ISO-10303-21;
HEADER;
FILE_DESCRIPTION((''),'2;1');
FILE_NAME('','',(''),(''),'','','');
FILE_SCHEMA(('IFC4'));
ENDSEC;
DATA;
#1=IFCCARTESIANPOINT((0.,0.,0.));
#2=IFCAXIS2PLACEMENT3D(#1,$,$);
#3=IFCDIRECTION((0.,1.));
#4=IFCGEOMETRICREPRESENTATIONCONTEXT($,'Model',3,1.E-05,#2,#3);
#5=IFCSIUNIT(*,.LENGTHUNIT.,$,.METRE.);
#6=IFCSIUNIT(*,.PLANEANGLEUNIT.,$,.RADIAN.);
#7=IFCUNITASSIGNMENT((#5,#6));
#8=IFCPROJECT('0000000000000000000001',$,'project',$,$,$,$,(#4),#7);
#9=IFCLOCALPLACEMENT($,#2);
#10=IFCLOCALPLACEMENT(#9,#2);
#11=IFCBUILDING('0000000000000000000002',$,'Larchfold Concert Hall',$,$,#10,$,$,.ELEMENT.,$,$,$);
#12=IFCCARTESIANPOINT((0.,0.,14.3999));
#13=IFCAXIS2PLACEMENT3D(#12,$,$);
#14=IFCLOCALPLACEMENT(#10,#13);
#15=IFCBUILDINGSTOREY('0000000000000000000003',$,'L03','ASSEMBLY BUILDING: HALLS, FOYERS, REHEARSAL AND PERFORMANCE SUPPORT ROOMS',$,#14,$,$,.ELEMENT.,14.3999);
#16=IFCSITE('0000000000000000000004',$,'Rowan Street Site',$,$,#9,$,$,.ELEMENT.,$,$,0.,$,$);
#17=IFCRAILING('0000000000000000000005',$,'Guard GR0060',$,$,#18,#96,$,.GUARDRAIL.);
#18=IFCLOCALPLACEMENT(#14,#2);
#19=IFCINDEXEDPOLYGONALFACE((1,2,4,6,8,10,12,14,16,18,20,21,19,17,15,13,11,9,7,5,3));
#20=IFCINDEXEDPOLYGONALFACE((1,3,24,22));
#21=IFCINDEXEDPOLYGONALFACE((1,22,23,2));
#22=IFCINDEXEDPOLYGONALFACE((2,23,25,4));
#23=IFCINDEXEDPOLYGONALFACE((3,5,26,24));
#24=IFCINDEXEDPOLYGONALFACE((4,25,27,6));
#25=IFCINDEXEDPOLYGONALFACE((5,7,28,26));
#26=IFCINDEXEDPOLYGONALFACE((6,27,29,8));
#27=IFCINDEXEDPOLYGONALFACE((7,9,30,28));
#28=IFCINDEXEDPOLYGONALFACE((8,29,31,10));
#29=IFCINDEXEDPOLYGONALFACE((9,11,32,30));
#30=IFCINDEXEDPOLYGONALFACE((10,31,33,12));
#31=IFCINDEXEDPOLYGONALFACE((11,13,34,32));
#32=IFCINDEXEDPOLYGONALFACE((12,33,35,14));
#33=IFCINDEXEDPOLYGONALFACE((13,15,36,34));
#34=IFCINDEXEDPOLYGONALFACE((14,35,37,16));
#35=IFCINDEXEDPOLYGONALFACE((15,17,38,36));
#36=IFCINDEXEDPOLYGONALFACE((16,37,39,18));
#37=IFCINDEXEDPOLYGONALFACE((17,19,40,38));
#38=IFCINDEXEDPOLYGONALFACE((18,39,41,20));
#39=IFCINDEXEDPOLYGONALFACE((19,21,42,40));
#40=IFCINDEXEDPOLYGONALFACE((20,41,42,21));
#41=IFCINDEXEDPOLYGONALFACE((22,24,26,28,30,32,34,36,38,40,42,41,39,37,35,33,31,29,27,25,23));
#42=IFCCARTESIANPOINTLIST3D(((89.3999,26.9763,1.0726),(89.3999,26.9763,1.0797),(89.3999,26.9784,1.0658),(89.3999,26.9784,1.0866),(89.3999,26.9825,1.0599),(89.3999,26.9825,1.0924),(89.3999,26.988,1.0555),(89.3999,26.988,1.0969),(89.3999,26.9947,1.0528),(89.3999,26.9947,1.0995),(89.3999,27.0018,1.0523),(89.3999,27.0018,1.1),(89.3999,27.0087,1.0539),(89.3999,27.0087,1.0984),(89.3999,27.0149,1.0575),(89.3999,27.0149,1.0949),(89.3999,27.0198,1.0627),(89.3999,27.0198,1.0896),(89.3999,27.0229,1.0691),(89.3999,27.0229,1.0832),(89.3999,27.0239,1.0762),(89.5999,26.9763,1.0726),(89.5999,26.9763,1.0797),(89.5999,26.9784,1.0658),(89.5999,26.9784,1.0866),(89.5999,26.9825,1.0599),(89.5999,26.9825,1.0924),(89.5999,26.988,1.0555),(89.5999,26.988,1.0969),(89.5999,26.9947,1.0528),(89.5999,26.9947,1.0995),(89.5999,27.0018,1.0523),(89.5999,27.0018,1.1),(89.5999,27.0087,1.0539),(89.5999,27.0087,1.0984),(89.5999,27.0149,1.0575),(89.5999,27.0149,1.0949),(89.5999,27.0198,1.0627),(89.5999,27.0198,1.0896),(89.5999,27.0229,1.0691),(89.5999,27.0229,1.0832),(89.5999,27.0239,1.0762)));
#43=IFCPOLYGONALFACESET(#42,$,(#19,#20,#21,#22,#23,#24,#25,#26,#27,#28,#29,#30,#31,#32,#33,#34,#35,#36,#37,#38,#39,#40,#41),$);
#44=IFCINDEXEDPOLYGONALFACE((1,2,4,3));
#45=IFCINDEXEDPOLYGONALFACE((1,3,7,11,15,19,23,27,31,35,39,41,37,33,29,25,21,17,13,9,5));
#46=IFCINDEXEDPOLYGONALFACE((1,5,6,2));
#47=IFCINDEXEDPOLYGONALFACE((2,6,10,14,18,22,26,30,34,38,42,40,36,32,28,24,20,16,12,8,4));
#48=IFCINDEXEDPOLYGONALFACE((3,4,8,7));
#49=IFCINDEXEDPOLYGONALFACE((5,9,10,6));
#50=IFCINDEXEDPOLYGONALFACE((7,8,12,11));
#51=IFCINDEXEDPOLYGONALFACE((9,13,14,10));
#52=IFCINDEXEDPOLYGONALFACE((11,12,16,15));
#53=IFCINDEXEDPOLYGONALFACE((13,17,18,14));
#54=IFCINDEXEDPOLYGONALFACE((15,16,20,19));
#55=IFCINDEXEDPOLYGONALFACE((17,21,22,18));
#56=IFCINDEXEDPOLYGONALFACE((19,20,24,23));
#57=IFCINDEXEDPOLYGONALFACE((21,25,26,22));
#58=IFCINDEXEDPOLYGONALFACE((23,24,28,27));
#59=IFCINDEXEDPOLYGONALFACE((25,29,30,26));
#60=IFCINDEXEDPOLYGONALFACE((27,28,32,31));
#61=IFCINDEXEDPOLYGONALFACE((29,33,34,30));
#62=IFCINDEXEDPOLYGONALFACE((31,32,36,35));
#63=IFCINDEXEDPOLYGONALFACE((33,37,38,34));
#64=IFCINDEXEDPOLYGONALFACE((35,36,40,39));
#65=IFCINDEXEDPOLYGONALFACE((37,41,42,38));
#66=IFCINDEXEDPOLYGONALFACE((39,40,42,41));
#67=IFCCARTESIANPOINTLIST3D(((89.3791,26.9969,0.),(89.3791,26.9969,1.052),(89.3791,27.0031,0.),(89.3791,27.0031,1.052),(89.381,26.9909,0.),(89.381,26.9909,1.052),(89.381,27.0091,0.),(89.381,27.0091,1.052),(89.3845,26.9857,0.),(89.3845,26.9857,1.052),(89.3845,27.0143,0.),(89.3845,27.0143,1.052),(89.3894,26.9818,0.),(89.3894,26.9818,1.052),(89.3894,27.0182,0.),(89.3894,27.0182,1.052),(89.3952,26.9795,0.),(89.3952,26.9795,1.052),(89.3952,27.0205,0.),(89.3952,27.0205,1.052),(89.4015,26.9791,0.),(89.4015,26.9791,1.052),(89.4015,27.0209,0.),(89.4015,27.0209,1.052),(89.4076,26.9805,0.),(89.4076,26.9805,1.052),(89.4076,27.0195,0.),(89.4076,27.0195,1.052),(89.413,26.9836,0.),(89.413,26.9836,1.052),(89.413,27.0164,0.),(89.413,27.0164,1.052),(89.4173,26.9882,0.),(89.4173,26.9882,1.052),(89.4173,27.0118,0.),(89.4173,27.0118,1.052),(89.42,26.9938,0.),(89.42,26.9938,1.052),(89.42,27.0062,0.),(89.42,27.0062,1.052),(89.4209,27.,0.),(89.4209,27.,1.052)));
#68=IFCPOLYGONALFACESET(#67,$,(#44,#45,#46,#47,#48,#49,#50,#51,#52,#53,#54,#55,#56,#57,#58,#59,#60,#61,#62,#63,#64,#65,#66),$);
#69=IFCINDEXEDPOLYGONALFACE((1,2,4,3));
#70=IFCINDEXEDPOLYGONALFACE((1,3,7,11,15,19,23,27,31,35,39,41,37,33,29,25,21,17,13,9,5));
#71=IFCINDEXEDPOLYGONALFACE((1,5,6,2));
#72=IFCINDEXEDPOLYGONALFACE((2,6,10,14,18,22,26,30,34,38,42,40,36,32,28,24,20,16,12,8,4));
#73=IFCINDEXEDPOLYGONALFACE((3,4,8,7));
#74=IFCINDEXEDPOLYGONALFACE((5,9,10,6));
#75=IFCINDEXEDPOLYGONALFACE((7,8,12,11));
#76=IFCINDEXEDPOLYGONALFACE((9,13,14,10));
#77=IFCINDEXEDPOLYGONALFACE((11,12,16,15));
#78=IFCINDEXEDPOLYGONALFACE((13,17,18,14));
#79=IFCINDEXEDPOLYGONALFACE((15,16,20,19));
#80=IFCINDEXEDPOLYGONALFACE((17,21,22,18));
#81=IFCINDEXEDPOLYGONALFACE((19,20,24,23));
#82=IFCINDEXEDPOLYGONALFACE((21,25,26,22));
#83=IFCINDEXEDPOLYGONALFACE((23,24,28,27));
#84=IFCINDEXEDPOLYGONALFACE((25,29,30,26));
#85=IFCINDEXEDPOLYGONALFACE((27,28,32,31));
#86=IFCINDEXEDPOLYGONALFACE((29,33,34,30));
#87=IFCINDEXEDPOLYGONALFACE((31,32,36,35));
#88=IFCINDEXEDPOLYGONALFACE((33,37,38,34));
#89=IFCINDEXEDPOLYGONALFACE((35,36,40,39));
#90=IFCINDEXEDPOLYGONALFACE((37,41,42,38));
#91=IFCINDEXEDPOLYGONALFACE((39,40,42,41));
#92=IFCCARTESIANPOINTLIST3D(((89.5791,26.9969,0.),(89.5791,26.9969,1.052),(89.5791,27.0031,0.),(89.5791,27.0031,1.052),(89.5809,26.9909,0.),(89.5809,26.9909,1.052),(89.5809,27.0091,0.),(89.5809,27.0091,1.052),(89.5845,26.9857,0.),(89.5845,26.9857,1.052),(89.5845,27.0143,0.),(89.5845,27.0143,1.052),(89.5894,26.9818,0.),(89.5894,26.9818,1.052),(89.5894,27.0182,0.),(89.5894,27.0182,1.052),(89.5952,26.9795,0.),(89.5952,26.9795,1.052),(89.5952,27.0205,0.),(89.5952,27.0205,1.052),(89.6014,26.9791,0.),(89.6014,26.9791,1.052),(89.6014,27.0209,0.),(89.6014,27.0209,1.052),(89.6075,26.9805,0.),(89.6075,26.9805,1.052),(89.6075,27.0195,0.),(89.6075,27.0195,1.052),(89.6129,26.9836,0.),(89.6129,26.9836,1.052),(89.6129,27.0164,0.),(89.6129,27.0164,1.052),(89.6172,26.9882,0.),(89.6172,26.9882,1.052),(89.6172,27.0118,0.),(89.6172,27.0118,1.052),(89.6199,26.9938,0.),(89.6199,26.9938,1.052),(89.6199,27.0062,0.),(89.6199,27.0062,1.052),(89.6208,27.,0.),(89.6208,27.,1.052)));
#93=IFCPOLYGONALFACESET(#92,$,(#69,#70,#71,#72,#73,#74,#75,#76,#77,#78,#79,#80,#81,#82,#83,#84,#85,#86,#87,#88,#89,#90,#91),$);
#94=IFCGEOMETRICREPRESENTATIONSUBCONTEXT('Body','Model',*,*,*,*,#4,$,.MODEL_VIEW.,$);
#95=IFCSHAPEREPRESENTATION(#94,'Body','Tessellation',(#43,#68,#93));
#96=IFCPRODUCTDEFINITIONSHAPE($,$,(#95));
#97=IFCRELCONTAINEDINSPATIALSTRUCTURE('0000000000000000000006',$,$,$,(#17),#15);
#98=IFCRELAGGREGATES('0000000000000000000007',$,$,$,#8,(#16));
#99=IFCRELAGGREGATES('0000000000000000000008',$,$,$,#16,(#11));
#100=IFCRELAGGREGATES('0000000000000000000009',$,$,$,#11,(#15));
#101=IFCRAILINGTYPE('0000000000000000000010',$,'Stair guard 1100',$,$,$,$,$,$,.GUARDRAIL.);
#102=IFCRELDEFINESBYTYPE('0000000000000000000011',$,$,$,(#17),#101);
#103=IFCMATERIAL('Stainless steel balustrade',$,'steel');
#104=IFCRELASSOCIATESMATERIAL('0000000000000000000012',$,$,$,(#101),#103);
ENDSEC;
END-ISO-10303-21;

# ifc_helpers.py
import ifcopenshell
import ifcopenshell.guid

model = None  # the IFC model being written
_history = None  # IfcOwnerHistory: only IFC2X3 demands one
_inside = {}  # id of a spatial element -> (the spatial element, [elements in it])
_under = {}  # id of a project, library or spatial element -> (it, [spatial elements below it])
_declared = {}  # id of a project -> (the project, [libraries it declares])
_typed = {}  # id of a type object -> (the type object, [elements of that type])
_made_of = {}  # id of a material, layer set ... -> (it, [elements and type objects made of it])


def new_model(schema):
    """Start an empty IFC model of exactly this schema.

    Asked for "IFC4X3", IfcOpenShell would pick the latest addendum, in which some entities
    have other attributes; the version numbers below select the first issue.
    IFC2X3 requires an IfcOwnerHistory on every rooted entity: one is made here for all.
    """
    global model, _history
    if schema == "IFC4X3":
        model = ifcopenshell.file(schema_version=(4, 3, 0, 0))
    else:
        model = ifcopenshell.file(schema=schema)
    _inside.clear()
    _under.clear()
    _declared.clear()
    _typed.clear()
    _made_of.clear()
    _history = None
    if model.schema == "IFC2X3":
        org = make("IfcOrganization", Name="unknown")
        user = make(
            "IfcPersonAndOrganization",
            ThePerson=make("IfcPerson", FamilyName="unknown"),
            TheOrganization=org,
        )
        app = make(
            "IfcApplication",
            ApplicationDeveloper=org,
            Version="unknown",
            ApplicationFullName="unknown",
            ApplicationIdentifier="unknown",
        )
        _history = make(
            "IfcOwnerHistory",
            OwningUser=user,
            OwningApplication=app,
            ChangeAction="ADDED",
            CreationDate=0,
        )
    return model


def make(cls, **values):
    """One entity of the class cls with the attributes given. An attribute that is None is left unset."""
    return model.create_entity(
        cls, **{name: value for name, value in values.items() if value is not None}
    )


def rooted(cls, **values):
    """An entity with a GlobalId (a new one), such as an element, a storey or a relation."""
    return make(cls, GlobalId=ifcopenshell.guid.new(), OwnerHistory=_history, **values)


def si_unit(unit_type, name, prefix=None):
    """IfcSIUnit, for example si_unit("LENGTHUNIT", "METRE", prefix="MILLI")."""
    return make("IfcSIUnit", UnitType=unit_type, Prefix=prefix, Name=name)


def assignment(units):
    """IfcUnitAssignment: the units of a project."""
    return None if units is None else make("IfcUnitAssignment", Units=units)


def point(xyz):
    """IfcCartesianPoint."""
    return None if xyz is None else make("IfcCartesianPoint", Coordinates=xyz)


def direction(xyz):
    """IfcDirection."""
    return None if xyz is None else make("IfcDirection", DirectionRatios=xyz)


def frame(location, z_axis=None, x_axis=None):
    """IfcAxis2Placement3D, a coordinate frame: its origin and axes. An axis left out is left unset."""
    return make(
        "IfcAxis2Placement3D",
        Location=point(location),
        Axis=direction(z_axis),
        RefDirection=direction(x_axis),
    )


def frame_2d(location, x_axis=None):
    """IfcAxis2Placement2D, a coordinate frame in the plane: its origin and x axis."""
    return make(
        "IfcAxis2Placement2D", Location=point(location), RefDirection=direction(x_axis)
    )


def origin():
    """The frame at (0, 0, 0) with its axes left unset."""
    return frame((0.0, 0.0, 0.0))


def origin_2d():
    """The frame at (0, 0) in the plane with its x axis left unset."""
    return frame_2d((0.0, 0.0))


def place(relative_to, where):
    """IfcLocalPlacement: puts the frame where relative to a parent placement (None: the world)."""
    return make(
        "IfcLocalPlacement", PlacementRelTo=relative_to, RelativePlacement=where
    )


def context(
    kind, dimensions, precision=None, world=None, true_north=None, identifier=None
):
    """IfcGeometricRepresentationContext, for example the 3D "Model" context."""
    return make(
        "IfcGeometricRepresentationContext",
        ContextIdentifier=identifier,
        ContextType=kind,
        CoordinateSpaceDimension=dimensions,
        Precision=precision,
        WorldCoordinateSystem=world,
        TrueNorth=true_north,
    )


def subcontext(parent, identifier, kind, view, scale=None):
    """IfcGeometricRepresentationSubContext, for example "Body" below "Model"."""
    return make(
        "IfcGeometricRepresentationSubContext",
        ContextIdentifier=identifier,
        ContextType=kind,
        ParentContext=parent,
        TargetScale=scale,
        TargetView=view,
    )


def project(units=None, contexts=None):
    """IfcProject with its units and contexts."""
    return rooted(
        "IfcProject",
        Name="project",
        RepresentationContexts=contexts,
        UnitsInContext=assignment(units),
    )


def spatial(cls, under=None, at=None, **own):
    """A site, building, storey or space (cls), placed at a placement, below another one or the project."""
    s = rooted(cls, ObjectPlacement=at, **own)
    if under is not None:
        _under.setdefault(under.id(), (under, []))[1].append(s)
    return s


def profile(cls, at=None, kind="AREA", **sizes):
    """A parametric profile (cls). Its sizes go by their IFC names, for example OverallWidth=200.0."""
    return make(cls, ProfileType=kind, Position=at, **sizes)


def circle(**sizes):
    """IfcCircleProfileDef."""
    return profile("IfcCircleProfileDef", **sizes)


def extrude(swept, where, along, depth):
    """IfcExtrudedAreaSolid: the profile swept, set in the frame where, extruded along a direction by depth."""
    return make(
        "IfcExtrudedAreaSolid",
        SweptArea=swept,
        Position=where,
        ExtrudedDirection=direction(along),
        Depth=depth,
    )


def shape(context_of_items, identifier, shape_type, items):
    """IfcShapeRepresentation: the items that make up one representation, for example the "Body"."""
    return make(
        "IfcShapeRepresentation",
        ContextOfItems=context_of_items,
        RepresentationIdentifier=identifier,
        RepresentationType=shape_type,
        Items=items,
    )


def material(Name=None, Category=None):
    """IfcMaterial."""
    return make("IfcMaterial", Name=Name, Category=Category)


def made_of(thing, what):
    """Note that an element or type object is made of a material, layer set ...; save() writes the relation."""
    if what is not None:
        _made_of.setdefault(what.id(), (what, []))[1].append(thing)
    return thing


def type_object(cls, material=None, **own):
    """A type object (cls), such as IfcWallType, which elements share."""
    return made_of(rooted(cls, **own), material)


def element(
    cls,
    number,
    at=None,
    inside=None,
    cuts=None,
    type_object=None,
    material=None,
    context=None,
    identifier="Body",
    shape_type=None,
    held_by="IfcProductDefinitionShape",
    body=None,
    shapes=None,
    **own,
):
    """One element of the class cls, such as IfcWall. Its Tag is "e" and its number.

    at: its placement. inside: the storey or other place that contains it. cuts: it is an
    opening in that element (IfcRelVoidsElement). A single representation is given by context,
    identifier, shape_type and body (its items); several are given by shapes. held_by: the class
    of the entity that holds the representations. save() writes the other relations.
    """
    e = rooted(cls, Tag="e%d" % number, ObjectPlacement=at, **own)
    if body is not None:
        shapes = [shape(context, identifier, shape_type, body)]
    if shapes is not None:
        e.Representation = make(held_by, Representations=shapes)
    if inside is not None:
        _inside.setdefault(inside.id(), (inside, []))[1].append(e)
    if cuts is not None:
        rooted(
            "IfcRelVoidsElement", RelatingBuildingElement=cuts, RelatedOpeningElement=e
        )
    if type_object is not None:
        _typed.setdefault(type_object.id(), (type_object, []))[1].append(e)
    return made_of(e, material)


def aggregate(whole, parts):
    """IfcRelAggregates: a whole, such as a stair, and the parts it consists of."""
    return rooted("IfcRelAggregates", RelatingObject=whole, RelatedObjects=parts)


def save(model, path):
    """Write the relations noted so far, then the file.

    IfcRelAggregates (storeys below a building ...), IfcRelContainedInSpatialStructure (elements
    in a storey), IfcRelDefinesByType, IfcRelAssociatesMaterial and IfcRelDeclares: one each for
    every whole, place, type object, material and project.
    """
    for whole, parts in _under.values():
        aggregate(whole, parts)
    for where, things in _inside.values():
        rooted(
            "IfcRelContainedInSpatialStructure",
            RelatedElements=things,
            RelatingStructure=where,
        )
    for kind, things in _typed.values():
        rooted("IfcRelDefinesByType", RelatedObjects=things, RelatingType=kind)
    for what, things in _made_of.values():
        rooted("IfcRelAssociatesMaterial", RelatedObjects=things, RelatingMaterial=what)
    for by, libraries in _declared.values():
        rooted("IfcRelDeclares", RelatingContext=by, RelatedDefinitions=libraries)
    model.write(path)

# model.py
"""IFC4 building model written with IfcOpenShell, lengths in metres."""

from ifc_helpers import new_model, si_unit, direction, frame, origin, origin_2d, place, context, subcontext, project, spatial, circle, extrude, material, type_object, element, save


model = new_model("IFC4")

# Units and contexts
model_context = context("Model", 3, precision=1e-05, world=origin(), true_north=direction((0.0, 1.0)))
body_context = subcontext(model_context, "Body", "Model", "MODEL_VIEW")
ifc_project = project(units=[si_unit("LENGTHUNIT", "METRE"), si_unit("PLANEANGLEUNIT", "RADIAN")], contexts=[model_context])

# Site, building, storey
site_placement = place(None, origin())
site = spatial("IfcSite", under=ifc_project, at=site_placement, Name="Rowan Street Site", CompositionType="ELEMENT", RefElevation=0.0)
building_placement = place(site_placement, origin())
building = spatial("IfcBuilding", under=site, at=building_placement, Name="Larchfold Concert Hall", CompositionType="ELEMENT")
storey_placement = place(building_placement, frame((0.0, 0.0, 14.3999)))
storey = spatial("IfcBuildingStorey", under=building, at=storey_placement, Name="L03", Description="ASSEMBLY BUILDING: HALLS, FOYERS, REHEARSAL AND PERFORMANCE SUPPORT ROOMS", CompositionType="ELEMENT", Elevation=14.3999)

# Railing
ifc_material_1 = material(Name="Stainless steel balustrade", Category="steel")
railing_type_1 = type_object("IfcRailingType", Name="Stair guard 1100", PredefinedType="GUARDRAIL", material=ifc_material_1)
railing_1_placement = place(storey_placement, frame((89.3999, 27.0, 0.0)))
element("IfcRailing", 1, at=railing_1_placement, inside=storey, type_object=railing_type_1, Name="Guard GR0060", PredefinedType="GUARDRAIL", context=body_context, shape_type="SweptSolid", body=[
    extrude(circle(Radius=0.0239, at=origin_2d()), frame((0.0, 0.0, 1.0762), z_axis=(1.0, 0.0, 0.0), x_axis=(0.0, 1.0, 0.0)), (0.0, 0.0, 1.0), 0.2),
    extrude(circle(Radius=0.021, at=origin_2d()), origin(), (0.0, 0.0, 1.0), 1.052),
    extrude(circle(Radius=0.021, at=origin_2d()), frame((0.2, 0.0, 0.0)), (0.0, 0.0, 1.0), 1.052),
])

save(model, "model.ifc")
